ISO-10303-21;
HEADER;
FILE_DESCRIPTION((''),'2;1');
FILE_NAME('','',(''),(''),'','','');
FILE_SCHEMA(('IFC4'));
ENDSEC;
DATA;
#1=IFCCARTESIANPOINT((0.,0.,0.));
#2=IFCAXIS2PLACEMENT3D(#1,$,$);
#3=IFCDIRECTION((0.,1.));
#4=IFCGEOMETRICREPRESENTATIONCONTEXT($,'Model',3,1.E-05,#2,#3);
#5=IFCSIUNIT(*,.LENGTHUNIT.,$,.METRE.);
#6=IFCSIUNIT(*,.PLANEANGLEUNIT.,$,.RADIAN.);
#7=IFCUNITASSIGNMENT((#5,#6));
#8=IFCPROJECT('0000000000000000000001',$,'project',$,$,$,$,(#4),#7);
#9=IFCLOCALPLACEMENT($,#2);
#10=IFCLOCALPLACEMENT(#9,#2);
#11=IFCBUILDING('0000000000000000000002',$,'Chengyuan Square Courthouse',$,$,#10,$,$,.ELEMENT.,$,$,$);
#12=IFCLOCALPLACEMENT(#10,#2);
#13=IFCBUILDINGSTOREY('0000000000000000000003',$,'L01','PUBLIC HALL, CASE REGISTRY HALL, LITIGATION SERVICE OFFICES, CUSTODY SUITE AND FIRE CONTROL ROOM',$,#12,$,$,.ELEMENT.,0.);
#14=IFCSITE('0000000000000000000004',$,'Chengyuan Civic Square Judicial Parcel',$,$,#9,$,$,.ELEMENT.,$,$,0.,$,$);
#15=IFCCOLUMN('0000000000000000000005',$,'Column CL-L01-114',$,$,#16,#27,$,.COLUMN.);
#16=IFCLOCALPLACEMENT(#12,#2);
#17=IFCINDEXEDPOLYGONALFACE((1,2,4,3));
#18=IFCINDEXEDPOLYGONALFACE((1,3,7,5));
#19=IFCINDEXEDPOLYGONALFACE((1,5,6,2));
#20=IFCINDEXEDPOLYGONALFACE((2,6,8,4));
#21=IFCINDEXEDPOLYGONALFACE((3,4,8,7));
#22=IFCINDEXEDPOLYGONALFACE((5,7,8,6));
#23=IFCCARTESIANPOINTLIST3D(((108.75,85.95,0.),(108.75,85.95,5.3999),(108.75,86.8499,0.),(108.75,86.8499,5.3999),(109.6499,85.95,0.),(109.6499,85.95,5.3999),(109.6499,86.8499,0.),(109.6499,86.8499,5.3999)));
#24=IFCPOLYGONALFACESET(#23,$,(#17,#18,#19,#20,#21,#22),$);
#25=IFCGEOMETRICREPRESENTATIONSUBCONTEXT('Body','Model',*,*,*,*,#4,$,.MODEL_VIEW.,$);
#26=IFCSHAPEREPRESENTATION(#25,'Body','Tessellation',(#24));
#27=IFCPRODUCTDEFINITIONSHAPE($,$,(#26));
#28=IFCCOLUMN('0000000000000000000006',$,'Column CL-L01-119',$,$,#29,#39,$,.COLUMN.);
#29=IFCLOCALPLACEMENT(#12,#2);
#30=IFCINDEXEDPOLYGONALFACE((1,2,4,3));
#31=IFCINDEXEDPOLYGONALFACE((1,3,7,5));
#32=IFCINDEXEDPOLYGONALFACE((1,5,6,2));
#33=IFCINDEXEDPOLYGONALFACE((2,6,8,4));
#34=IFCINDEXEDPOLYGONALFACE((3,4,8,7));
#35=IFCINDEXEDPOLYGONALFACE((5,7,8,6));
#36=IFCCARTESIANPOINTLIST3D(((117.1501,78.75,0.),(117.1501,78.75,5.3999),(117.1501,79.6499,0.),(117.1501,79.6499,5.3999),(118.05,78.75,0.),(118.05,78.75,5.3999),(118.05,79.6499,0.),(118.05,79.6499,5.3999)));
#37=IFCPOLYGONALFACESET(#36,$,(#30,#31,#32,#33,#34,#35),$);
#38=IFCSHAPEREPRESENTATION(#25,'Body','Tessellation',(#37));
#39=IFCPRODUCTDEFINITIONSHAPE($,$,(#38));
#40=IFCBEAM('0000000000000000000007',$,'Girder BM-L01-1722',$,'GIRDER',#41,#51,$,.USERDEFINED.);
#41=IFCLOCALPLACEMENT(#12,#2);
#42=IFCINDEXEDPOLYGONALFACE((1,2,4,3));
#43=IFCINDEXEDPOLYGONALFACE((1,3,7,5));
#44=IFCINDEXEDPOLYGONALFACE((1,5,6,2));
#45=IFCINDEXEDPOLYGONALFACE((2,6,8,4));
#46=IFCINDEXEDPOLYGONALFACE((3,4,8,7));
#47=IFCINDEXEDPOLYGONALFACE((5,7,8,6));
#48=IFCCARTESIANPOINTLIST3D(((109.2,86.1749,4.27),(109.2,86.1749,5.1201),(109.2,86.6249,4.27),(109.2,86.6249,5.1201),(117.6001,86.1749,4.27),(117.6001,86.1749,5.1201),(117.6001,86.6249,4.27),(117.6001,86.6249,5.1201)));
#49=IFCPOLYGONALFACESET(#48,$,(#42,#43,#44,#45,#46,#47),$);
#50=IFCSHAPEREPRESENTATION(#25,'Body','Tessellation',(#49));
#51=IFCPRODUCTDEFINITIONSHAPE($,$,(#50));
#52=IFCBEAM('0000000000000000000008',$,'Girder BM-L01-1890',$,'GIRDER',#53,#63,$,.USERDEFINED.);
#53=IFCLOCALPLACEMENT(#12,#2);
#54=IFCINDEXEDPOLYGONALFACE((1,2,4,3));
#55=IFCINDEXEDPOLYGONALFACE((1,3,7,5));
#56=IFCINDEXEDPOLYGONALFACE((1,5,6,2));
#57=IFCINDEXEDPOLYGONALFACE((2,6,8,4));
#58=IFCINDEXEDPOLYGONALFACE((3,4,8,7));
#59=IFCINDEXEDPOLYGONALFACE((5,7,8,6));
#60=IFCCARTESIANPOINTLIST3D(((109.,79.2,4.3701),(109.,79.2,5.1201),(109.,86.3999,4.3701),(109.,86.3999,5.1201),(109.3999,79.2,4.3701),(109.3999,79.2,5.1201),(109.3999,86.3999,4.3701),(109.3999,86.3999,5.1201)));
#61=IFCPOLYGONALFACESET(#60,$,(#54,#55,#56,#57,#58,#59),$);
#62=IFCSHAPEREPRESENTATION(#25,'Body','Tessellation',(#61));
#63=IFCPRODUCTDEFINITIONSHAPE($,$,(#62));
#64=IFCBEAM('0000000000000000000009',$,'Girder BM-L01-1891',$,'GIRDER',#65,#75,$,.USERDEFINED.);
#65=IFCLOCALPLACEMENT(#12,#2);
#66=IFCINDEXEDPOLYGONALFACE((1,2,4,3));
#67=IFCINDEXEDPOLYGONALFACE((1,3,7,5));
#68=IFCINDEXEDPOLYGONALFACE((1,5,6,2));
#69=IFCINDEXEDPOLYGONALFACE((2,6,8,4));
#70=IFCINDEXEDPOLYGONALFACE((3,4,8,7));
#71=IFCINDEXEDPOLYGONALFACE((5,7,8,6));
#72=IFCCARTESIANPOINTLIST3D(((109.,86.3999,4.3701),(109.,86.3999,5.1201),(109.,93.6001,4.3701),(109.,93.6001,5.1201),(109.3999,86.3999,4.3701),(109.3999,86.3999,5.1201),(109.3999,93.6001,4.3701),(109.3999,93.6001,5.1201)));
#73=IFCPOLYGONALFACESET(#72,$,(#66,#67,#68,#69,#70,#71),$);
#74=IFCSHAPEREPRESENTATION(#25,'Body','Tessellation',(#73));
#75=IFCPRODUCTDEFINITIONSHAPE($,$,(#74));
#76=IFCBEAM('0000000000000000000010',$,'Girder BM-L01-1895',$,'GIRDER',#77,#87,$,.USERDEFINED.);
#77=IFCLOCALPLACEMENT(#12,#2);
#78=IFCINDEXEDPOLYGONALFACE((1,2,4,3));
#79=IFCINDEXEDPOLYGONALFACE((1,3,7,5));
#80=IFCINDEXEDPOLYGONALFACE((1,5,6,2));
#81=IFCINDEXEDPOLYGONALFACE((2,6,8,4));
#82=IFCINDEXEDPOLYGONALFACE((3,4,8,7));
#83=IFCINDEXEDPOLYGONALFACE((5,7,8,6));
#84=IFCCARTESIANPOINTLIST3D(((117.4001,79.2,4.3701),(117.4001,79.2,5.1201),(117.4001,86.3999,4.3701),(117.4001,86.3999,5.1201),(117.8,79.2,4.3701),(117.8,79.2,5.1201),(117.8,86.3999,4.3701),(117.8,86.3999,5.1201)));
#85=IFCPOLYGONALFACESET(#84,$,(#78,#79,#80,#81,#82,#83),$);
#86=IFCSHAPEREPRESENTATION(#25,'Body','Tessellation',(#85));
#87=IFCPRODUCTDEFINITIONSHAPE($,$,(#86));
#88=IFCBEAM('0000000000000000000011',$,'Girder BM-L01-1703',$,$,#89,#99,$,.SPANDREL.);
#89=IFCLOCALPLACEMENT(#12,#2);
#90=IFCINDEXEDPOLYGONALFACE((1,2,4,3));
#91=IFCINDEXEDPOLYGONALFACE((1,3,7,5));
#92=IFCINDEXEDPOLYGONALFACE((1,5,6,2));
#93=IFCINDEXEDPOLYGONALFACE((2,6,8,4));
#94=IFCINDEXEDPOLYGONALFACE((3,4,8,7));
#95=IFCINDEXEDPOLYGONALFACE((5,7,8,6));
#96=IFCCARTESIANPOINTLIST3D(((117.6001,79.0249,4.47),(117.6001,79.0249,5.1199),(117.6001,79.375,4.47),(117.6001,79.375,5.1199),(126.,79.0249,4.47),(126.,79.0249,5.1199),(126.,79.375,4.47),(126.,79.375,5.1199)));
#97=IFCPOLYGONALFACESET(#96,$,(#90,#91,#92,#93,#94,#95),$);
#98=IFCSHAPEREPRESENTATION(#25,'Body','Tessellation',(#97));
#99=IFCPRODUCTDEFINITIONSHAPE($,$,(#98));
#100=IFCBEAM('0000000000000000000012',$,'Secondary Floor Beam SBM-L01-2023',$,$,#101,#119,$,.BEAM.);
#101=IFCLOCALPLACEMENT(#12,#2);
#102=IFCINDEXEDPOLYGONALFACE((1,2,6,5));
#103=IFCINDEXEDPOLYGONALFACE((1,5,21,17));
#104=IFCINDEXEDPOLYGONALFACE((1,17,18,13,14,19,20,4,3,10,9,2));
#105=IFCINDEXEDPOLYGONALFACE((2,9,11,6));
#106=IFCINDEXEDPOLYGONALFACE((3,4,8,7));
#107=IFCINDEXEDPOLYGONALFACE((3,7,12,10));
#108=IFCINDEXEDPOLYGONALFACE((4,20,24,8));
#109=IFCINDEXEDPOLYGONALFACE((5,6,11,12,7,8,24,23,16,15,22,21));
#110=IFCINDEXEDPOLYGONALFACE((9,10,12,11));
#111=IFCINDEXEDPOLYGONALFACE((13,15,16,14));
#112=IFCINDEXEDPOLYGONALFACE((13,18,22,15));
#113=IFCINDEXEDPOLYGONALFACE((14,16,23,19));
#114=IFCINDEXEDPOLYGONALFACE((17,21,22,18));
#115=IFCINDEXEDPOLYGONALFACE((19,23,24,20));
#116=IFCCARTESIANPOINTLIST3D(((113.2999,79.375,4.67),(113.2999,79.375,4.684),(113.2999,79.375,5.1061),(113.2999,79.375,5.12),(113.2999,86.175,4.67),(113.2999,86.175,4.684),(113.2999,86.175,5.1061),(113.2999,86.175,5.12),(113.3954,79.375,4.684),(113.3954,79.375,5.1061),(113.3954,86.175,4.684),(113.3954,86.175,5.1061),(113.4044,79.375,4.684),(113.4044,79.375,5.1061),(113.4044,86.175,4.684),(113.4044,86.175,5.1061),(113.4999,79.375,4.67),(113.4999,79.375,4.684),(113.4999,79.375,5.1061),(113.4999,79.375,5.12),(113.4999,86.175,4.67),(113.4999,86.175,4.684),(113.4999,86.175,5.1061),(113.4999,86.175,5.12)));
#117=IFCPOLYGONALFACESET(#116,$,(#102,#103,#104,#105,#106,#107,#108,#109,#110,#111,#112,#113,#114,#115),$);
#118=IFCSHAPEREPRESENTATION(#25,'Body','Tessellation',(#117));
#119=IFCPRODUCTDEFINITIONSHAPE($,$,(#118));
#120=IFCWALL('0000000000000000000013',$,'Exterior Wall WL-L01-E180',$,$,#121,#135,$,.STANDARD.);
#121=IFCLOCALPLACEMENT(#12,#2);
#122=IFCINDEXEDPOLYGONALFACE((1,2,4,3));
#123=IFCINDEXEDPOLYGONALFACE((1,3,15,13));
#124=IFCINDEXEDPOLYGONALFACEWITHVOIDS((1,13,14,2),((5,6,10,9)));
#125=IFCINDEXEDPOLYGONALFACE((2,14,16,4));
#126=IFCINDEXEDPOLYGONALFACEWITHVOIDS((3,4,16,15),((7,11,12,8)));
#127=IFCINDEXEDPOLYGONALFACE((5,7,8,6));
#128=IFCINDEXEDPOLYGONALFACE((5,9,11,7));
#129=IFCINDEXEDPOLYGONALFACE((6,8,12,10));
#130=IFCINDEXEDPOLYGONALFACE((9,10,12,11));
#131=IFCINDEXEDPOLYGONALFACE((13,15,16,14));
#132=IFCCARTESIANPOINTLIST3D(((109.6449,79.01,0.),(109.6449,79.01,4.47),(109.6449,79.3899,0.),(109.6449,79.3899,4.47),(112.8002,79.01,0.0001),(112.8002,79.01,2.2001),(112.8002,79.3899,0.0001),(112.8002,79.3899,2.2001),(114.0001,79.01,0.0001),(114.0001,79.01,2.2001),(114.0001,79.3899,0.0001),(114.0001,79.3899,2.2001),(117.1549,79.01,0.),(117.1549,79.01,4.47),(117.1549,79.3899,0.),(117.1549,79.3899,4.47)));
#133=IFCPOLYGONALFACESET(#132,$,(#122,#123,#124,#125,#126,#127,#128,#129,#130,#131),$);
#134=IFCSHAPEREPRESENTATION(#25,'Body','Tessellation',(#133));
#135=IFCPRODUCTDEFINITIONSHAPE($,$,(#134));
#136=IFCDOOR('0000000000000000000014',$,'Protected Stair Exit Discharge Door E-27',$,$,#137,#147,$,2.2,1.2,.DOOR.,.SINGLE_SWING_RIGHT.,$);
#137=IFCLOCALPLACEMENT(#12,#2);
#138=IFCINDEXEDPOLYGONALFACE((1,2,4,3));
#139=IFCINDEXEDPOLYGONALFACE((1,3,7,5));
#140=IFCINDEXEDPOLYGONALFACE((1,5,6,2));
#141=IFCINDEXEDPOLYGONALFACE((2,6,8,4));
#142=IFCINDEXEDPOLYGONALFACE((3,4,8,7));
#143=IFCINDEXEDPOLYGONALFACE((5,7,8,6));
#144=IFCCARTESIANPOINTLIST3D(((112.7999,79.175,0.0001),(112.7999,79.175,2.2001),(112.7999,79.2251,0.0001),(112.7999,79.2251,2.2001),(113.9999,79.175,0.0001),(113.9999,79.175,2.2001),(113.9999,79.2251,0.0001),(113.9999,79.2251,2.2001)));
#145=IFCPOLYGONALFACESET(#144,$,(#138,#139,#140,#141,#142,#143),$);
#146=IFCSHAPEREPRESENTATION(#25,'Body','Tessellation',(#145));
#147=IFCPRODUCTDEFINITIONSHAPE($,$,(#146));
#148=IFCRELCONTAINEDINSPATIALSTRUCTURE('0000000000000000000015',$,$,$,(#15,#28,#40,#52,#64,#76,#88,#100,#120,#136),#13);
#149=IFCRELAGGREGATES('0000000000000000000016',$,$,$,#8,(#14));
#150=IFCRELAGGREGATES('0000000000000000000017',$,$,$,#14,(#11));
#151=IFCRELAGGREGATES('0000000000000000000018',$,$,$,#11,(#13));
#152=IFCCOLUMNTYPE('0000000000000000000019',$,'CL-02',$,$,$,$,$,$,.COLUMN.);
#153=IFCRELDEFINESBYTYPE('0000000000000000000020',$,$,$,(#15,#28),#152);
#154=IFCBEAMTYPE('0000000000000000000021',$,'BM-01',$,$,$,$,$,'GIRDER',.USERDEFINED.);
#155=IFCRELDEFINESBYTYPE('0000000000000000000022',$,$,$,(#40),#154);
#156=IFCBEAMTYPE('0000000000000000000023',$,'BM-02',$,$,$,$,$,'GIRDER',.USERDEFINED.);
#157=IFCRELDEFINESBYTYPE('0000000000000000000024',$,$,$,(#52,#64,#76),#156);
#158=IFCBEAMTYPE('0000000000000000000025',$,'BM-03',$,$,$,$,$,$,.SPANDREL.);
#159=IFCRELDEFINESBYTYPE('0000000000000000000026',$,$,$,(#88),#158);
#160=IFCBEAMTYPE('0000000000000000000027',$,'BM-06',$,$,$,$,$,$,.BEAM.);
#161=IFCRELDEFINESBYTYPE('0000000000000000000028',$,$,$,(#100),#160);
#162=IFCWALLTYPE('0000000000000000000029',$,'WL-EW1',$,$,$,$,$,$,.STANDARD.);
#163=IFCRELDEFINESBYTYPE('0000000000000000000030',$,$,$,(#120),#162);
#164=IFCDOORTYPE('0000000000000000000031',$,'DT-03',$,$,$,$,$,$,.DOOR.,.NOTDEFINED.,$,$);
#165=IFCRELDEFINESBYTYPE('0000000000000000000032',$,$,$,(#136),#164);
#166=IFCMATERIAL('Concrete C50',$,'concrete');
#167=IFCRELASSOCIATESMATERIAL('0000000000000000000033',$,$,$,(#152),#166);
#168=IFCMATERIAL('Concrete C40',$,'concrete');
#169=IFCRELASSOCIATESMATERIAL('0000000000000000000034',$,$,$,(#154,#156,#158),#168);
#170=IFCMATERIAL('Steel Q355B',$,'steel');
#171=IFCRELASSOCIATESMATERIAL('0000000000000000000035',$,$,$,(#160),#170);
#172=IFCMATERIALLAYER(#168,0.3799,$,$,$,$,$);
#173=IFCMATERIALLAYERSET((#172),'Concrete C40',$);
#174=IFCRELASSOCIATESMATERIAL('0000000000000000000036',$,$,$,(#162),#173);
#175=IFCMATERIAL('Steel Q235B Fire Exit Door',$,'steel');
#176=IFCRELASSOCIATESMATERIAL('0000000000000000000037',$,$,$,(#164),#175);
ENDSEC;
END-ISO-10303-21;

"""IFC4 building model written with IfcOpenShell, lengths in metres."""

from ifc_helpers import new_model, si_unit, direction, frame, frame_2d, origin, origin_2d, place, context, subcontext, project, spatial, rectangle, i_section, extrude, material, layer, layer_set, material_profile, profile_set, type_object, element, fill, save


model = new_model("IFC4")

# Units and contexts
model_context = context("Model", 3, precision=1e-05, world=origin(), true_north=direction((0.0, 1.0)))
body_context = subcontext(model_context, "Body", "Model", "MODEL_VIEW")
ifc_project = project(units=[si_unit("LENGTHUNIT", "METRE"), si_unit("PLANEANGLEUNIT", "RADIAN")], contexts=[model_context])

# Site, building, storey
site_placement = place(None, origin())
site = spatial("IfcSite", under=ifc_project, at=site_placement, Name="Chengyuan Civic Square Judicial Parcel", CompositionType="ELEMENT", RefElevation=0.0)
building_placement = place(site_placement, origin())
building = spatial("IfcBuilding", under=site, at=building_placement, Name="Chengyuan Square Courthouse", CompositionType="ELEMENT")
storey_placement = place(building_placement, origin())
storey = spatial("IfcBuildingStorey", under=building, at=storey_placement, Name="L01", Description="PUBLIC HALL, CASE REGISTRY HALL, LITIGATION SERVICE OFFICES, CUSTODY SUITE AND FIRE CONTROL ROOM", CompositionType="ELEMENT", Elevation=0.0)

# Columns
ifc_material_1 = material(Name="Concrete C50", Category="concrete")
ifc_material_profile_1 = material_profile(ifc_material_1, rectangle(XDim=0.8999, YDim=0.8999, at=origin_2d()), Name="RC-COL-900x900")
ifc_profile_set_1 = profile_set([ifc_material_profile_1], Name="Concrete C50")
column_type = type_object("IfcColumnType", Name="CL-02", PredefinedType="COLUMN", material=ifc_profile_set_1)
for number, where, z_axis, x_axis, name in (
    (1, (109.2, 86.3999, 0.0), (0.0, 0.0, 1.0), (1.0, 0.0, 0.0), "Column CL-L01-114"),
    (2, (117.6001, 79.2, 0.0), (0.0, 0.0, 1.0), (1.0, 0.0, 0.0), "Column CL-L01-119"),
):
    element("IfcColumn", number, at=place(storey_placement, frame(where, z_axis=z_axis, x_axis=x_axis)), inside=storey, type_object=column_type, Name=name, PredefinedType="COLUMN", context=body_context, shape_type="SweptSolid", body=[
        extrude(rectangle(XDim=0.8999, YDim=0.8999, at=origin_2d()), origin(), (0.0, 0.0, 1.0), 5.3999),
    ])

# Beams
ifc_material_2 = material(Name="Concrete C40", Category="concrete")
ifc_material_profile_2 = material_profile(ifc_material_2, rectangle(XDim=0.45, YDim=0.8501, at=origin_2d()), Name="RC-BM-450x850")
ifc_profile_set_2 = profile_set([ifc_material_profile_2], Name="Concrete C40")
beam_type_1 = type_object("IfcBeamType", Name="BM-01", ElementType="GIRDER", PredefinedType="USERDEFINED", material=ifc_profile_set_2)
beam_1_placement = place(storey_placement, frame((109.2, 86.3999, 4.6951), z_axis=(1.0, 0.0, 0.0), x_axis=(0.0, 1.0, 0.0)))
element("IfcBeam", 3, at=beam_1_placement, inside=storey, type_object=beam_type_1, Name="Girder BM-L01-1722", ObjectType="GIRDER", PredefinedType="USERDEFINED", context=body_context, shape_type="SweptSolid", body=[
    extrude(rectangle(XDim=0.45, YDim=0.8501, at=origin_2d()), origin(), (0.0, 0.0, 1.0), 8.4001),
])
ifc_material_profile_3 = material_profile(ifc_material_2, rectangle(XDim=0.3999, YDim=0.75, at=origin_2d()), Name="RC-BM-400x750")
ifc_profile_set_3 = profile_set([ifc_material_profile_3], Name="Concrete C40")
beam_type_2 = type_object("IfcBeamType", Name="BM-02", ElementType="GIRDER", PredefinedType="USERDEFINED", material=ifc_profile_set_3)
beam_2_placement = place(storey_placement, frame((109.2, 79.2, 4.7451), z_axis=(0.0, 1.0, 0.0), x_axis=(-1.0, 0.0, 0.0)))
element("IfcBeam", 4, at=beam_2_placement, inside=storey, type_object=beam_type_2, Name="Girder BM-L01-1890", ObjectType="GIRDER", PredefinedType="USERDEFINED", context=body_context, shape_type="SweptSolid", body=[
    extrude(rectangle(XDim=0.3999, YDim=0.75, at=origin_2d()), origin(), (0.0, 0.0, 1.0), 7.2),
])
beam_3_placement = place(storey_placement, frame((109.2, 86.3999, 4.7451), z_axis=(0.0, 1.0, 0.0), x_axis=(-1.0, 0.0, 0.0)))
element("IfcBeam", 5, at=beam_3_placement, inside=storey, type_object=beam_type_2, Name="Girder BM-L01-1891", ObjectType="GIRDER", PredefinedType="USERDEFINED", context=body_context, shape_type="SweptSolid", body=[
    extrude(rectangle(XDim=0.3999, YDim=0.75, at=origin_2d()), origin(), (0.0, 0.0, 1.0), 7.2002),
])
beam_4_placement = place(storey_placement, frame((117.6001, 79.2, 4.7451), z_axis=(0.0, 1.0, 0.0), x_axis=(-1.0, 0.0, 0.0)))
element("IfcBeam", 6, at=beam_4_placement, inside=storey, type_object=beam_type_2, Name="Girder BM-L01-1895", ObjectType="GIRDER", PredefinedType="USERDEFINED", context=body_context, shape_type="SweptSolid", body=[
    extrude(rectangle(XDim=0.3999, YDim=0.75, at=origin_2d()), origin(), (0.0, 0.0, 1.0), 7.2),
])
ifc_material_profile_4 = material_profile(ifc_material_2, rectangle(XDim=0.3501, YDim=0.6499, at=origin_2d()), Name="RC-BM-350x650")
ifc_profile_set_4 = profile_set([ifc_material_profile_4], Name="Concrete C40")
beam_type_3 = type_object("IfcBeamType", Name="BM-03", PredefinedType="SPANDREL", material=ifc_profile_set_4)
beam_5_placement = place(storey_placement, frame((117.6001, 79.2, 4.7949), z_axis=(1.0, 0.0, 0.0), x_axis=(0.0, 1.0, 0.0)))
element("IfcBeam", 7, at=beam_5_placement, inside=storey, type_object=beam_type_3, Name="Girder BM-L01-1703", PredefinedType="SPANDREL", context=body_context, shape_type="SweptSolid", body=[
    extrude(rectangle(XDim=0.3501, YDim=0.6499, at=origin_2d()), origin(), (0.0, 0.0, 1.0), 8.3999),
])
ifc_material_3 = material(Name="Steel Q355B", Category="steel")
ifc_material_profile_5 = material_profile(ifc_material_3, i_section(OverallWidth=0.2, OverallDepth=0.45, WebThickness=0.009, FlangeThickness=0.0139, at=origin_2d()), Name="HN 450x200x9x14")
ifc_profile_set_5 = profile_set([ifc_material_profile_5], Name="Steel Q355B")
beam_type_4 = type_object("IfcBeamType", Name="BM-06", PredefinedType="BEAM", material=ifc_profile_set_5)
beam_6_placement = place(storey_placement, frame((113.3999, 79.375, 4.895), z_axis=(0.0, 1.0, 0.0), x_axis=(-1.0, 0.0, 0.0)))
element("IfcBeam", 8, at=beam_6_placement, inside=storey, type_object=beam_type_4, Name="Secondary Floor Beam SBM-L01-2023", PredefinedType="BEAM", context=body_context, shape_type="SweptSolid", body=[
    extrude(i_section(OverallWidth=0.2, OverallDepth=0.45, WebThickness=0.009, FlangeThickness=0.0139, at=origin_2d()), origin(), (0.0, 0.0, 1.0), 6.8),
])

# Wall, opening, door
ifc_layer_1 = layer(ifc_material_2, 0.3799)
ifc_layer_set_1 = layer_set([ifc_layer_1], Name="Concrete C40")
wall_type_1 = type_object("IfcWallType", Name="WL-EW1", PredefinedType="STANDARD", material=ifc_layer_set_1)
wall_1_placement = place(storey_placement, frame((109.645, 79.2, 0.0), z_axis=(0.0, 0.0, 1.0), x_axis=(1.0, 0.0, 0.0)))
wall_1 = element("IfcWall", 9, at=wall_1_placement, inside=storey, type_object=wall_type_1, Name="Exterior Wall WL-L01-E180", PredefinedType="STANDARD", context=body_context, shape_type="SweptSolid", body=[
    extrude(rectangle(XDim=7.51, YDim=0.3799, at=frame_2d((3.7549, 0.0))), origin(), (0.0, 0.0, 1.0), 4.47),
])
opening_1_placement = place(wall_1_placement, frame((3.155, 0.0, 0.0)))
opening_1 = element("IfcOpeningElement", 10, at=opening_1_placement, cuts=wall_1, PredefinedType="OPENING", context=body_context, shape_type="SweptSolid", body=[
    extrude(rectangle(XDim=1.2, YDim=2.2, at=frame_2d((0.6001, 1.1001))), frame((0.0, 0.2019, 0.0), z_axis=(0.0, -1.0, 0.0), x_axis=(1.0, 0.0, 0.0)), (0.0, 0.0, 1.0), 0.4038),
])
ifc_material_4 = material(Name="Steel Q235B Fire Exit Door", Category="steel")
door_type_1 = type_object("IfcDoorType", Name="DT-03", OperationType="NOTDEFINED", PredefinedType="DOOR", material=ifc_material_4)
door_1_placement = place(opening_1_placement, frame((1.2, 0.0, 0.0), z_axis=(0.0, 0.0, 1.0), x_axis=(-1.0, 0.0, 0.0)))
door_1 = element("IfcDoor", 11, at=door_1_placement, inside=storey, type_object=door_type_1, Name="Protected Stair Exit Discharge Door E-27", OperationType="SINGLE_SWING_RIGHT", OverallHeight=2.2, OverallWidth=1.2, PredefinedType="DOOR", context=body_context, shape_type="SweptSolid", body=[
    extrude(rectangle(XDim=1.2, YDim=2.2, at=frame_2d((0.6001, 1.1001))), frame((0.0, 0.0249, 0.0), z_axis=(0.0, -1.0, 0.0), x_axis=(1.0, 0.0, 0.0)), (0.0, 0.0, 1.0), 0.05),
])
fill(opening_1, door_1)

save(model, "model.ifc")
